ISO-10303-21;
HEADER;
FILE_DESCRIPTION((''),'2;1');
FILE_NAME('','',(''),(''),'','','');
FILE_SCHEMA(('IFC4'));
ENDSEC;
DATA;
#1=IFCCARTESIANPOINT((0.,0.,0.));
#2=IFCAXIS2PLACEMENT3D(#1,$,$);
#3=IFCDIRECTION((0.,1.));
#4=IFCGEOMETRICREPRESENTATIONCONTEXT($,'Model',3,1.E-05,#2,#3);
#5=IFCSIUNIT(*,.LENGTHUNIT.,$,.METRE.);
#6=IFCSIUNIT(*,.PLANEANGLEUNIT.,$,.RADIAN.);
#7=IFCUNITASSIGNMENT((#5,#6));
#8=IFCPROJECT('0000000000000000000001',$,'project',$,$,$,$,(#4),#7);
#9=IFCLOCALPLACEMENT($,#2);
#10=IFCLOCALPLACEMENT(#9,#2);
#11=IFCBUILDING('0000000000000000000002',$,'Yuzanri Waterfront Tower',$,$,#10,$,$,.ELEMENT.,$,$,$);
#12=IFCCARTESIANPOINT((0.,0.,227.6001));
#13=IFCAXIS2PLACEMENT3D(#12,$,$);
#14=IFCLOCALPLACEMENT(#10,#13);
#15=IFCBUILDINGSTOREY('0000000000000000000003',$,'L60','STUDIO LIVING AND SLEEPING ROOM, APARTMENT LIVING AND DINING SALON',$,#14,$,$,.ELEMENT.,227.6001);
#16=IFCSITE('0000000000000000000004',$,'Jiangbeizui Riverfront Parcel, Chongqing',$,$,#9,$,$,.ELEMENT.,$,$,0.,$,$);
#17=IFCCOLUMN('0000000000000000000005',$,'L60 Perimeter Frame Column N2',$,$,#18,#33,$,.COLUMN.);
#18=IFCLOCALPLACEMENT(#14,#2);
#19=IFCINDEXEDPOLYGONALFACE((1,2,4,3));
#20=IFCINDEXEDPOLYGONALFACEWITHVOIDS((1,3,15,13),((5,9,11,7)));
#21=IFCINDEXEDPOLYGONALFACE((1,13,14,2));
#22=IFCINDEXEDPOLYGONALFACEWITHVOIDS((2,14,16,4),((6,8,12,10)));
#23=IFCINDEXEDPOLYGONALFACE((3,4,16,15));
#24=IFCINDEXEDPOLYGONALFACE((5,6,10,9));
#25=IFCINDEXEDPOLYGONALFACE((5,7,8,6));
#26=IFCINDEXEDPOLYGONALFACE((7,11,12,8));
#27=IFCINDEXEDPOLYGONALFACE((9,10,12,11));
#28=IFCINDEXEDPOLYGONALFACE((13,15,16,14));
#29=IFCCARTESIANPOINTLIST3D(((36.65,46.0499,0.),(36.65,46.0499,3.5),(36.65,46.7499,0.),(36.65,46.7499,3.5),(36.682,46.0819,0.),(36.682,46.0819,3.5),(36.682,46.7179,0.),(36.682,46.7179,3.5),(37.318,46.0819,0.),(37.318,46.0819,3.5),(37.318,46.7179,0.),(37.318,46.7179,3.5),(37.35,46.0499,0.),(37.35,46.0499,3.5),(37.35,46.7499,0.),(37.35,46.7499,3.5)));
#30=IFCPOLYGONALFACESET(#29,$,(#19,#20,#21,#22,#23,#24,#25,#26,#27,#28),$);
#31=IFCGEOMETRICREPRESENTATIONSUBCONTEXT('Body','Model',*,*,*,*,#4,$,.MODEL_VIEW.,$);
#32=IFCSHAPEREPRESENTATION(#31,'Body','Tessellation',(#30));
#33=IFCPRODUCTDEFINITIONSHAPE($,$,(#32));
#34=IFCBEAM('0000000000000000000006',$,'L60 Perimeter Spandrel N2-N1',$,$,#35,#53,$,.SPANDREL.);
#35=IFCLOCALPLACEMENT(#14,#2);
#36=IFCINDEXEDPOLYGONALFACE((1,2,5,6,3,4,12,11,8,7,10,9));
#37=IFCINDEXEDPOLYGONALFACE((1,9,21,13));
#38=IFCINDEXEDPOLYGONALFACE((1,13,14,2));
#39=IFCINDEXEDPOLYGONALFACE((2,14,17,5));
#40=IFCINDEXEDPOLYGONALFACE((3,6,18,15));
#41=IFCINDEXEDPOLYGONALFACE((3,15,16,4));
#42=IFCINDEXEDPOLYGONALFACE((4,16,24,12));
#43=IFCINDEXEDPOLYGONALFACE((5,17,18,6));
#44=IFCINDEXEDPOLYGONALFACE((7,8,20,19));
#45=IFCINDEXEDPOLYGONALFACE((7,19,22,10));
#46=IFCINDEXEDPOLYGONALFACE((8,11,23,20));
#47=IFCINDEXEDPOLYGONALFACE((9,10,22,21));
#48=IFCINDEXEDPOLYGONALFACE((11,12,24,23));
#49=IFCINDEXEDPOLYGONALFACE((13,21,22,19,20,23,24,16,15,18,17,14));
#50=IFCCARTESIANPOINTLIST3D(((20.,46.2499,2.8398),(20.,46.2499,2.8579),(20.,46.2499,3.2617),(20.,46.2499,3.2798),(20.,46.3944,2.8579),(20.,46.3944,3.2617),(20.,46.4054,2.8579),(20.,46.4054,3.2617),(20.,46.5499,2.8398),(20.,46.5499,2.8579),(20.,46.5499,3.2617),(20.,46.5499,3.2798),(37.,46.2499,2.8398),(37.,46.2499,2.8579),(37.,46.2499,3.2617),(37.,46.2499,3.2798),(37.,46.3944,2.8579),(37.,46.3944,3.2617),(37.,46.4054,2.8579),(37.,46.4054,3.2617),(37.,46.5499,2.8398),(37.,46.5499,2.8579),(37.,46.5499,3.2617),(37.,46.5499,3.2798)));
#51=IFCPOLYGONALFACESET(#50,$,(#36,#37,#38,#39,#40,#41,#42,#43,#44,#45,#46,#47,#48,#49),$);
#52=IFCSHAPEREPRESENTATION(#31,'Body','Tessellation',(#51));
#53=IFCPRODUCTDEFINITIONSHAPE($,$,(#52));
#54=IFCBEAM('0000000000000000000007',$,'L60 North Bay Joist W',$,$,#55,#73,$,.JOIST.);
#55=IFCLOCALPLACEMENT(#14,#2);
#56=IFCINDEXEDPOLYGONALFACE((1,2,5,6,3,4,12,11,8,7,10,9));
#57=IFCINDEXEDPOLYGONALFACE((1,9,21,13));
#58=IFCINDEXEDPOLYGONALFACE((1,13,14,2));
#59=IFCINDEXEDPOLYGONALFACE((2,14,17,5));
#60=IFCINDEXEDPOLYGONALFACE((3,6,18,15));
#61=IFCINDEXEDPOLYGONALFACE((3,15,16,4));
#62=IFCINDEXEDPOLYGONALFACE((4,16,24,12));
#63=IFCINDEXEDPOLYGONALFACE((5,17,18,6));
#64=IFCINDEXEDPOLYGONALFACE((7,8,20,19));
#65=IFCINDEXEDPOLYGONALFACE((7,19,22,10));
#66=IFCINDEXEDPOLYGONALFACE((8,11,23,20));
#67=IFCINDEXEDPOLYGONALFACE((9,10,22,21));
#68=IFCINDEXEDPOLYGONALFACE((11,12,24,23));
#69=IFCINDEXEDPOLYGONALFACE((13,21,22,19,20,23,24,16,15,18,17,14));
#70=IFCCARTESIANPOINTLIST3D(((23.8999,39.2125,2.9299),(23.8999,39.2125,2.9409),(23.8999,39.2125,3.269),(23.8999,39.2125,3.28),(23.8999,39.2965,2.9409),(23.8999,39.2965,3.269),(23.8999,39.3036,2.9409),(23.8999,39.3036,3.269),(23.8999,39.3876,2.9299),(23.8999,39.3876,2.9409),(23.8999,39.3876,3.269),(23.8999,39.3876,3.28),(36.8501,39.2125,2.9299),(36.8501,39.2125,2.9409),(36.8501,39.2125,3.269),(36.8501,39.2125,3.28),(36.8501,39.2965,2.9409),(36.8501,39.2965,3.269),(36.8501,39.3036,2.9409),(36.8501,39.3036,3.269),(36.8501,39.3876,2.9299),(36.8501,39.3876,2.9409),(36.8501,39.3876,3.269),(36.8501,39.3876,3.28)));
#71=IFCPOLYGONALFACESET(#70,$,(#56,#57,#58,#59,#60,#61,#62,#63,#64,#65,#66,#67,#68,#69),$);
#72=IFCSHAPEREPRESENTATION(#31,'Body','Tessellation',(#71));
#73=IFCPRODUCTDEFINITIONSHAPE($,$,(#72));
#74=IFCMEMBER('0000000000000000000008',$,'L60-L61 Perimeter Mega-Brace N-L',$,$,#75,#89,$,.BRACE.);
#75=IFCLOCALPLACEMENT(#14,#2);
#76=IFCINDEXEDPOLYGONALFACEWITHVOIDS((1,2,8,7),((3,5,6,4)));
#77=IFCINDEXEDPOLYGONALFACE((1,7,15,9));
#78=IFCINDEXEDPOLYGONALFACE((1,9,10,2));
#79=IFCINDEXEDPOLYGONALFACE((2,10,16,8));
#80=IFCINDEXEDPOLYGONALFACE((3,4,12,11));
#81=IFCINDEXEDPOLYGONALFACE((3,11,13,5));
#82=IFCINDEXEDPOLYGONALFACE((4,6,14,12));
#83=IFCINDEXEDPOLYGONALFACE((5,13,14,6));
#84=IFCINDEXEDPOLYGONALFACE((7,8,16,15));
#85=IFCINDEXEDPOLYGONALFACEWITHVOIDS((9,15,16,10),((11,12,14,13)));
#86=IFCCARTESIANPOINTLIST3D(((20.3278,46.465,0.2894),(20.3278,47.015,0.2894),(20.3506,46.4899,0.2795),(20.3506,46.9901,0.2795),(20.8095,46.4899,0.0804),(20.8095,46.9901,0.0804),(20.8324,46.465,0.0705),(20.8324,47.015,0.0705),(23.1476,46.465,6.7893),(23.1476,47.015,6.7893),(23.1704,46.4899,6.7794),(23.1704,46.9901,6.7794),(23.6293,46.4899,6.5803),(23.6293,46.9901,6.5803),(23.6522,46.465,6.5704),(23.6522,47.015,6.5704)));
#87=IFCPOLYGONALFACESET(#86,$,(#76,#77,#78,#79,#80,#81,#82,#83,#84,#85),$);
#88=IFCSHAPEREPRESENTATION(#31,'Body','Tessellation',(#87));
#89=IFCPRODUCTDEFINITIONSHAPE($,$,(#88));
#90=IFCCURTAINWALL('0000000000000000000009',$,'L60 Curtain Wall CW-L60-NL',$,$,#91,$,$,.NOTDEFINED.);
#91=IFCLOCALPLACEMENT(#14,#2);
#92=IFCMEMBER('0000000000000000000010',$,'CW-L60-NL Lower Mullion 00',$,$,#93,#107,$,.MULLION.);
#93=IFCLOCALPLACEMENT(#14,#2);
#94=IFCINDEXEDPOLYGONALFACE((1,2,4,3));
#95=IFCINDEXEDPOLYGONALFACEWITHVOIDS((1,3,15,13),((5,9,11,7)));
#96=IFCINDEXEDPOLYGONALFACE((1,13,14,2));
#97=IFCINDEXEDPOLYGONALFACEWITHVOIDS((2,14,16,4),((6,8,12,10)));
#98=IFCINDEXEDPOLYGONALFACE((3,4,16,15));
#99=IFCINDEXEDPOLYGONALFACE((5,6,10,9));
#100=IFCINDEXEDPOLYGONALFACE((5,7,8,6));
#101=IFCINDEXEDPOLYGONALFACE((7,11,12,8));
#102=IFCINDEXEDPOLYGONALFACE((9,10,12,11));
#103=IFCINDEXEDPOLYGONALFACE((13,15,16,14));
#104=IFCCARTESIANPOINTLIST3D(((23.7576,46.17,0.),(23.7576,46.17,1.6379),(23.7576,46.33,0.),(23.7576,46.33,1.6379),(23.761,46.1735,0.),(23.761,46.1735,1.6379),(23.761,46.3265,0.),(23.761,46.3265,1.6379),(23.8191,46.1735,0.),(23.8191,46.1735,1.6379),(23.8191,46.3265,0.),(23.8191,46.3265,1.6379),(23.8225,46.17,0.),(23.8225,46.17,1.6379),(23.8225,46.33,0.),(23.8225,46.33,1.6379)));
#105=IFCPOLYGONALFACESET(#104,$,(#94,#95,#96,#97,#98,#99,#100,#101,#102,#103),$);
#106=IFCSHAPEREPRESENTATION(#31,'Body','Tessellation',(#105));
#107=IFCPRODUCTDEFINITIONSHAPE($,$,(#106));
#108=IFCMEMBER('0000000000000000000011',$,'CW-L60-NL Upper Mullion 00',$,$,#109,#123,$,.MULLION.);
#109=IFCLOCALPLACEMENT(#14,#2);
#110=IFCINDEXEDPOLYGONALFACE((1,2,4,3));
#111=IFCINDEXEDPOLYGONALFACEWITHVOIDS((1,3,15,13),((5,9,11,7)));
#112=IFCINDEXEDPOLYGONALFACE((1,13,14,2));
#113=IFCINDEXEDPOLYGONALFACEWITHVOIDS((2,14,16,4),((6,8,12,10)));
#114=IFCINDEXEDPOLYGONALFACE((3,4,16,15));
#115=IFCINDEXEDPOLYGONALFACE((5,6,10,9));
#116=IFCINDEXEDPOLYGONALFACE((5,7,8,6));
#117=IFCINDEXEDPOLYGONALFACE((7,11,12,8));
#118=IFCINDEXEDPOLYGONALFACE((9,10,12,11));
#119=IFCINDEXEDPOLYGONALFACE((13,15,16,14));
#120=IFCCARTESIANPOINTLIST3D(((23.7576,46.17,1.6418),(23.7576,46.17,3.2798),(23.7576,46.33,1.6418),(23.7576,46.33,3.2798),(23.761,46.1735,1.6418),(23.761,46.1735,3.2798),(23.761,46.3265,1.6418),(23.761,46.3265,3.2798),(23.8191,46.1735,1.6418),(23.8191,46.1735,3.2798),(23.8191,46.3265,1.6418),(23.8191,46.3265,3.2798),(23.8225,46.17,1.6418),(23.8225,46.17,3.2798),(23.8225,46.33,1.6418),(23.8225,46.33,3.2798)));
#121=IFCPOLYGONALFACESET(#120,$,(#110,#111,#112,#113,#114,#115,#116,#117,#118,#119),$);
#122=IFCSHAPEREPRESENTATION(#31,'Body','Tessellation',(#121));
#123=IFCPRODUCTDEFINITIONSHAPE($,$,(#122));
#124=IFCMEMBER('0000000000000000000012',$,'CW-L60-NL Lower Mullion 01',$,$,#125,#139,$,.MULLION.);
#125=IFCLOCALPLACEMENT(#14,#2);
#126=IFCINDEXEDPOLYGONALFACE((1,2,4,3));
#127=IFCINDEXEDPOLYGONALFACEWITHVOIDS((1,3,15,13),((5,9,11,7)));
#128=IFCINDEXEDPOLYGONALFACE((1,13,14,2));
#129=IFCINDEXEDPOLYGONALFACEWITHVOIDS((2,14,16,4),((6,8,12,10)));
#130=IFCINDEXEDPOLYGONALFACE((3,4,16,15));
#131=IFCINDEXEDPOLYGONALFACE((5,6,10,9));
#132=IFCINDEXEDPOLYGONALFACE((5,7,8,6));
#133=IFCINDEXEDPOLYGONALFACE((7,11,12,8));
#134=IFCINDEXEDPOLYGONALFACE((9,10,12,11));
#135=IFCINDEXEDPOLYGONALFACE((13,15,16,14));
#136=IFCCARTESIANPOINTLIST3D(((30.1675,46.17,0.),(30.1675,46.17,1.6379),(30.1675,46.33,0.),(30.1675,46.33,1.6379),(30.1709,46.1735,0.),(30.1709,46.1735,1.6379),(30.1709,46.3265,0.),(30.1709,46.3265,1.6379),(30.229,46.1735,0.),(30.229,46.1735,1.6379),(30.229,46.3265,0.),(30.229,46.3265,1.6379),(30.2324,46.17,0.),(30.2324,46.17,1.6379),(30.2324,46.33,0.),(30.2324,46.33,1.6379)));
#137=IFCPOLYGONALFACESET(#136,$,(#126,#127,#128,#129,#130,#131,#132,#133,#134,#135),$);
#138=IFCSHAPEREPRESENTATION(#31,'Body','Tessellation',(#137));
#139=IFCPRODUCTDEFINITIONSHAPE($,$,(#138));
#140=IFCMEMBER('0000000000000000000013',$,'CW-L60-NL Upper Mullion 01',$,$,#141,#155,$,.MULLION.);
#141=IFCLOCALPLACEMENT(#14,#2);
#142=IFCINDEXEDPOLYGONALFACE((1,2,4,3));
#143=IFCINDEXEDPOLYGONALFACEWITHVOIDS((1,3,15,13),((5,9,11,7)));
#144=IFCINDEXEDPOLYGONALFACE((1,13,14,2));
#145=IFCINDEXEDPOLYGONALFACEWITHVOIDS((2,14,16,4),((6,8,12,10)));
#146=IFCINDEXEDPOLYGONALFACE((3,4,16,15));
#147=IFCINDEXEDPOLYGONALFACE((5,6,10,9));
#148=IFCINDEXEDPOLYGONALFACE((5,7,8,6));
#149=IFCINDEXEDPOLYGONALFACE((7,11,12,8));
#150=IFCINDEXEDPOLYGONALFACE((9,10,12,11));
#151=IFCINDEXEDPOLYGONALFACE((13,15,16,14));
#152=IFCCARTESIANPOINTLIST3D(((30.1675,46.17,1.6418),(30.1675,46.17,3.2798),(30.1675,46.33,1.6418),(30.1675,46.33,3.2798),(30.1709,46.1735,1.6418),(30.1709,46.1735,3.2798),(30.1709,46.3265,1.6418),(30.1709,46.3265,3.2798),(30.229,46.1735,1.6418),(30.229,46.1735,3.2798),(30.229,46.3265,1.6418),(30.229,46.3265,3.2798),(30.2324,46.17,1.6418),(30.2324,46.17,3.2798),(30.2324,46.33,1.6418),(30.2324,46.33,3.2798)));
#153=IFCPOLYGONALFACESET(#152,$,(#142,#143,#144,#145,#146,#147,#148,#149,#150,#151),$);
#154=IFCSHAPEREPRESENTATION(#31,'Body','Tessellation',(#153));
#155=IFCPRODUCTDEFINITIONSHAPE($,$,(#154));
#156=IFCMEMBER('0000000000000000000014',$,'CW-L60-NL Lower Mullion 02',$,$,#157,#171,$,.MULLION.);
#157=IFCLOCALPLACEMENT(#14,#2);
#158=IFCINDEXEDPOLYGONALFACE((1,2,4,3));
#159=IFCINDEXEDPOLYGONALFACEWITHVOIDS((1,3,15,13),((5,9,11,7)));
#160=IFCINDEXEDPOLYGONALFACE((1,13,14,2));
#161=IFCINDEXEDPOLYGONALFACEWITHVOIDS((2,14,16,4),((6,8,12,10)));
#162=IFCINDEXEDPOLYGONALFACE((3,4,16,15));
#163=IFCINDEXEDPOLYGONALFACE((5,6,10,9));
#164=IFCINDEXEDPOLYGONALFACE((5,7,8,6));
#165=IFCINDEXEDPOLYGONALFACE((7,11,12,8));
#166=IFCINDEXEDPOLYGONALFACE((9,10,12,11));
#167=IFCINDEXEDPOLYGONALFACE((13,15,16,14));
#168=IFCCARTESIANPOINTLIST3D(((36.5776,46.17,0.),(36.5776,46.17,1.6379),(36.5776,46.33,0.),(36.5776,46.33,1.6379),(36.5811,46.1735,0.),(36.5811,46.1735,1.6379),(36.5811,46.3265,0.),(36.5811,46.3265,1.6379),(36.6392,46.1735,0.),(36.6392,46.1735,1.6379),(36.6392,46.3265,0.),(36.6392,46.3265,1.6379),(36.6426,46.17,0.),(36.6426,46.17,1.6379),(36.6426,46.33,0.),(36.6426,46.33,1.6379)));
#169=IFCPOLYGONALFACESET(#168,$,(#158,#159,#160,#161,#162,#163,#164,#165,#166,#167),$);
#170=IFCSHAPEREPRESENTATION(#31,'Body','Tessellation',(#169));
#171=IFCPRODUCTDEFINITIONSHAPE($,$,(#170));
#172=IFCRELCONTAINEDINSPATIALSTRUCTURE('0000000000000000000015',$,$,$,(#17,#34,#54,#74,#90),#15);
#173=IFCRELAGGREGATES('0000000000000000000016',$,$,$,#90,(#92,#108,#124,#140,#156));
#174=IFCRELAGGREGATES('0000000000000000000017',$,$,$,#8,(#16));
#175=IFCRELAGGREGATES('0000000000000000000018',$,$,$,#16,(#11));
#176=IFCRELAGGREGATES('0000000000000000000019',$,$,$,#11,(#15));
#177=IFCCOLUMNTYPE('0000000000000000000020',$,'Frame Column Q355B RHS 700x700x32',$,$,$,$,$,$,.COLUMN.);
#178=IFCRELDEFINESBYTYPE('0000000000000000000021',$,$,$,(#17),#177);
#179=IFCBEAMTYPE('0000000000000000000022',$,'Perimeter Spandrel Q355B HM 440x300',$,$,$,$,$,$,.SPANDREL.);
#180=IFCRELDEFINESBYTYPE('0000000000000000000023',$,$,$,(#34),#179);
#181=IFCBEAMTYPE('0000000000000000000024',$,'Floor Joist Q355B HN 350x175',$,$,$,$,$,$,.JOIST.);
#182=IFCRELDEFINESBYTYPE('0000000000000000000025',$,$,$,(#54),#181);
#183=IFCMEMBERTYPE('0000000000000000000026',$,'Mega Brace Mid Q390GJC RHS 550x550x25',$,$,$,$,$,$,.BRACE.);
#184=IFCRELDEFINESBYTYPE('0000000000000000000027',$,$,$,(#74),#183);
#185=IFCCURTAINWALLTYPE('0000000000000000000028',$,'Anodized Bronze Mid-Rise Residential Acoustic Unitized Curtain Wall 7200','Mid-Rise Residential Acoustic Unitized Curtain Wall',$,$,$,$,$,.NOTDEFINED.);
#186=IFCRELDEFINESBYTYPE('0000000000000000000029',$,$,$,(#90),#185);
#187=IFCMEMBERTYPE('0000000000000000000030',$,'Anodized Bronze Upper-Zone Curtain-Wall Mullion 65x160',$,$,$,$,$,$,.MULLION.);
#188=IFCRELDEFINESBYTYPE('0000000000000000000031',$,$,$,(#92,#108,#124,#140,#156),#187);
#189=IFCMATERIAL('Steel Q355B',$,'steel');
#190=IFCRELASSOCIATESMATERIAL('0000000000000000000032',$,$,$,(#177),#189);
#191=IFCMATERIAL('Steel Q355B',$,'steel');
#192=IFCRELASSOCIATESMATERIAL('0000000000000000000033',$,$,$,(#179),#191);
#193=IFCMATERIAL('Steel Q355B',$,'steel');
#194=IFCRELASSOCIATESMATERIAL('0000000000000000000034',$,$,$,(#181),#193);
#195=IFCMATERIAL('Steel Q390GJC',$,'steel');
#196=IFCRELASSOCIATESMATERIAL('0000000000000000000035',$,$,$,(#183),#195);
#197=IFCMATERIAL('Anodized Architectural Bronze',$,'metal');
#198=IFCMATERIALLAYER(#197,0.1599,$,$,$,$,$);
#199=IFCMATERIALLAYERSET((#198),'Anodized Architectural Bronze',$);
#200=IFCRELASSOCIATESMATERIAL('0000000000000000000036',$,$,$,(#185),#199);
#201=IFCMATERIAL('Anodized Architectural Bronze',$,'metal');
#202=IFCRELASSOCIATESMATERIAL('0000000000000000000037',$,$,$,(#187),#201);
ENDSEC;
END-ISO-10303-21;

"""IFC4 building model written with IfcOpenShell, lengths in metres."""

from ifc_helpers import new_model, si_unit, direction, frame, origin, origin_2d, place, context, subcontext, project, spatial, hollow_rectangle, i_section, extrude, source, transform, mapped, material, layer, layer_set, material_profile, profile_set, type_object, element, aggregate, save


model = new_model("IFC4")

# Units and contexts
model_context = context("Model", 3, precision=1e-05, world=origin(), true_north=direction((0.0, 1.0)))
body_context = subcontext(model_context, "Body", "Model", "MODEL_VIEW")
ifc_project = project(units=[si_unit("LENGTHUNIT", "METRE"), si_unit("PLANEANGLEUNIT", "RADIAN")], contexts=[model_context])

# Site, building, storey
site_placement = place(None, origin())
site = spatial("IfcSite", under=ifc_project, at=site_placement, Name="Jiangbeizui Riverfront Parcel, Chongqing", CompositionType="ELEMENT", RefElevation=0.0)
building_placement = place(site_placement, origin())
building = spatial("IfcBuilding", under=site, at=building_placement, Name="Yuzanri Waterfront Tower", CompositionType="ELEMENT")
storey_placement = place(building_placement, frame((0.0, 0.0, 227.6001)))
storey = spatial("IfcBuildingStorey", under=building, at=storey_placement, Name="L60", Description="STUDIO LIVING AND SLEEPING ROOM, APARTMENT LIVING AND DINING SALON", CompositionType="ELEMENT", Elevation=227.6001)

# Column
ifc_material_1 = material(Name="Steel Q355B", Category="steel")
ifc_material_profile_1 = material_profile(ifc_material_1, hollow_rectangle(XDim=0.7, YDim=0.7, WallThickness=0.032, at=origin_2d()), Name="RHS 700x700x32")
ifc_profile_set_1 = profile_set([ifc_material_profile_1], Name="Steel Q355B")
column_type = type_object("IfcColumnType", Name="Frame Column Q355B RHS 700x700x32", PredefinedType="COLUMN", material=ifc_profile_set_1)
shared_shape_1 = source(origin(), body_context, "Body", "SweptSolid", [
    extrude(hollow_rectangle(XDim=0.7, YDim=0.7, WallThickness=0.032, at=origin_2d()), origin(), (0.0, 0.0, 1.0), 3.5),
])
column_placement = place(storey_placement, frame((37.0, 46.3999, 0.0), z_axis=(0.0, 0.0, 1.0), x_axis=(1.0, 0.0, 0.0)))
element("IfcColumn", 1, at=column_placement, inside=storey, type_object=column_type, Name="L60 Perimeter Frame Column N2", PredefinedType="COLUMN", context=body_context, shape_type="MappedRepresentation", body=[
    mapped(shared_shape_1, transform((0.0, 0.0, 0.0), scale=1.0)),
])

# Beams
ifc_material_2 = material(Name="Steel Q355B", Category="steel")
ifc_material_profile_2 = material_profile(ifc_material_2, i_section(OverallWidth=0.3, OverallDepth=0.4399, WebThickness=0.011, FlangeThickness=0.0181, at=origin_2d()), Name="HM 440x300x11x18")
ifc_profile_set_2 = profile_set([ifc_material_profile_2], Name="Steel Q355B")
beam_type_1 = type_object("IfcBeamType", Name="Perimeter Spandrel Q355B HM 440x300", PredefinedType="SPANDREL", material=ifc_profile_set_2)
shared_shape_2 = source(origin(), body_context, "Body", "SweptSolid", [
    extrude(i_section(OverallWidth=0.3, OverallDepth=0.4399, WebThickness=0.011, FlangeThickness=0.0181, at=origin_2d()), origin(), (0.0, 0.0, 1.0), 17.0),
])
beam_1_placement = place(storey_placement, frame((37.0, 46.3999, 3.0598), z_axis=(-1.0, 0.0, 0.0), x_axis=(0.0, -1.0, 0.0)))
element("IfcBeam", 2, at=beam_1_placement, inside=storey, type_object=beam_type_1, Name="L60 Perimeter Spandrel N2-N1", PredefinedType="SPANDREL", context=body_context, shape_type="MappedRepresentation", body=[
    mapped(shared_shape_2, transform((0.0, 0.0, 0.0), scale=1.0)),
])
ifc_material_3 = material(Name="Steel Q355B", Category="steel")
ifc_material_profile_3 = material_profile(ifc_material_3, i_section(OverallWidth=0.175, OverallDepth=0.3501, WebThickness=0.0071, FlangeThickness=0.011, at=origin_2d()), Name="HN 350x175x7x11")
ifc_profile_set_3 = profile_set([ifc_material_profile_3], Name="Steel Q355B")
beam_type_2 = type_object("IfcBeamType", Name="Floor Joist Q355B HN 350x175", PredefinedType="JOIST", material=ifc_profile_set_3)
shared_shape_3 = source(origin(), body_context, "Body", "SweptSolid", [
    extrude(i_section(OverallWidth=0.175, OverallDepth=0.3501, WebThickness=0.0071, FlangeThickness=0.011, at=origin_2d()), origin(), (0.0, 0.0, 1.0), 12.9502),
])
beam_2_placement = place(storey_placement, frame((23.8999, 39.3, 3.105), z_axis=(1.0, 0.0, 0.0), x_axis=(0.0, 1.0, 0.0)))
element("IfcBeam", 3, at=beam_2_placement, inside=storey, type_object=beam_type_2, Name="L60 North Bay Joist W", PredefinedType="JOIST", context=body_context, shape_type="MappedRepresentation", body=[
    mapped(shared_shape_3, transform((0.0, 0.0, 0.0), scale=1.0)),
])

# Member
ifc_material_4 = material(Name="Steel Q390GJC", Category="steel")
ifc_material_profile_4 = material_profile(ifc_material_4, hollow_rectangle(XDim=0.55, YDim=0.55, WallThickness=0.0249, at=origin_2d()), Name="RHS 550x550x25")
ifc_profile_set_4 = profile_set([ifc_material_profile_4], Name="Steel Q390GJC")
member_type_1 = type_object("IfcMemberType", Name="Mega Brace Mid Q390GJC RHS 550x550x25", PredefinedType="BRACE", material=ifc_profile_set_4)
shared_shape_4 = source(origin(), body_context, "Body", "SweptSolid", [
    extrude(hollow_rectangle(XDim=0.55, YDim=0.55, WallThickness=0.0249, at=origin_2d()), origin(), (0.0, 0.0, 1.0), 7.0852),
])
member_1_placement = place(storey_placement, frame((20.5801, 46.74, 0.1799), z_axis=(0.397983, 0.0, 0.917393), x_axis=(0.0, 1.0, 0.0)))
element("IfcMember", 4, at=member_1_placement, inside=storey, type_object=member_type_1, Name="L60-L61 Perimeter Mega-Brace N-L", PredefinedType="BRACE", context=body_context, shape_type="MappedRepresentation", body=[
    mapped(shared_shape_4, transform((0.0, 0.0, 0.0), scale=1.0)),
])

# Curtain wall, members
ifc_material_5 = material(Name="Anodized Architectural Bronze", Category="metal")
ifc_layer_1 = layer(ifc_material_5, 0.1599)
ifc_layer_set_1 = layer_set([ifc_layer_1], Name="Anodized Architectural Bronze")
curtain_wall_type = type_object("IfcCurtainWallType", Name="Anodized Bronze Mid-Rise Residential Acoustic Unitized Curtain Wall 7200", Description="Mid-Rise Residential Acoustic Unitized Curtain Wall", PredefinedType="NOTDEFINED", material=ifc_layer_set_1)
curtain_wall_placement = place(storey_placement, origin())
curtain_wall = element("IfcCurtainWall", 5, at=curtain_wall_placement, inside=storey, type_object=curtain_wall_type, Name="L60 Curtain Wall CW-L60-NL", PredefinedType="NOTDEFINED")
ifc_material_6 = material(Name="Anodized Architectural Bronze", Category="metal")
ifc_material_profile_5 = material_profile(ifc_material_6, hollow_rectangle(XDim=0.0649, YDim=0.1599, WallThickness=0.0034, at=origin_2d()), Name="CWM 65x160")
ifc_profile_set_5 = profile_set([ifc_material_profile_5], Name="Anodized Architectural Bronze")
member_type_2 = type_object("IfcMemberType", Name="Anodized Bronze Upper-Zone Curtain-Wall Mullion 65x160", PredefinedType="MULLION", material=ifc_profile_set_5)
shared_shape_5 = source(origin(), body_context, "Body", "SweptSolid", [
    extrude(hollow_rectangle(XDim=0.0649, YDim=0.1599, WallThickness=0.0034, at=origin_2d()), origin(), (0.0, 0.0, 1.0), 1.6379),
])
member_2_placement = place(storey_placement, frame((23.79, 46.25, 0.0), z_axis=(0.0, 0.0, 1.0), x_axis=(1.0, 0.0, 0.0)))
member_2 = element("IfcMember", 6, at=member_2_placement, type_object=member_type_2, Name="CW-L60-NL Lower Mullion 00", PredefinedType="MULLION", context=body_context, shape_type="MappedRepresentation", body=[
    mapped(shared_shape_5, transform((0.0, 0.0, 0.0), scale=1.0)),
])
member_3_placement = place(storey_placement, frame((23.79, 46.25, 1.6418), z_axis=(0.0, 0.0, 1.0), x_axis=(1.0, 0.0, 0.0)))
member_3 = element("IfcMember", 7, at=member_3_placement, type_object=member_type_2, Name="CW-L60-NL Upper Mullion 00", PredefinedType="MULLION", context=body_context, shape_type="MappedRepresentation", body=[
    mapped(shared_shape_5, transform((0.0, 0.0, 0.0), scale=1.0)),
])
member_4_placement = place(storey_placement, frame((30.2, 46.25, 0.0), z_axis=(0.0, 0.0, 1.0), x_axis=(1.0, 0.0, 0.0)))
member_4 = element("IfcMember", 8, at=member_4_placement, type_object=member_type_2, Name="CW-L60-NL Lower Mullion 01", PredefinedType="MULLION", context=body_context, shape_type="MappedRepresentation", body=[
    mapped(shared_shape_5, transform((0.0, 0.0, 0.0), scale=1.0)),
])
member_5_placement = place(storey_placement, frame((30.2, 46.25, 1.6418), z_axis=(0.0, 0.0, 1.0), x_axis=(1.0, 0.0, 0.0)))
member_5 = element("IfcMember", 9, at=member_5_placement, type_object=member_type_2, Name="CW-L60-NL Upper Mullion 01", PredefinedType="MULLION", context=body_context, shape_type="MappedRepresentation", body=[
    mapped(shared_shape_5, transform((0.0, 0.0, 0.0), scale=1.0)),
])
member_6_placement = place(storey_placement, frame((36.6101, 46.25, 0.0), z_axis=(0.0, 0.0, 1.0), x_axis=(1.0, 0.0, 0.0)))
member_6 = element("IfcMember", 10, at=member_6_placement, type_object=member_type_2, Name="CW-L60-NL Lower Mullion 02", PredefinedType="MULLION", context=body_context, shape_type="MappedRepresentation", body=[
    mapped(shared_shape_5, transform((0.0, 0.0, 0.0), scale=1.0)),
])

aggregate(curtain_wall, [member_2, member_3, member_4, member_5, member_6])

save(model, "model.ifc")
